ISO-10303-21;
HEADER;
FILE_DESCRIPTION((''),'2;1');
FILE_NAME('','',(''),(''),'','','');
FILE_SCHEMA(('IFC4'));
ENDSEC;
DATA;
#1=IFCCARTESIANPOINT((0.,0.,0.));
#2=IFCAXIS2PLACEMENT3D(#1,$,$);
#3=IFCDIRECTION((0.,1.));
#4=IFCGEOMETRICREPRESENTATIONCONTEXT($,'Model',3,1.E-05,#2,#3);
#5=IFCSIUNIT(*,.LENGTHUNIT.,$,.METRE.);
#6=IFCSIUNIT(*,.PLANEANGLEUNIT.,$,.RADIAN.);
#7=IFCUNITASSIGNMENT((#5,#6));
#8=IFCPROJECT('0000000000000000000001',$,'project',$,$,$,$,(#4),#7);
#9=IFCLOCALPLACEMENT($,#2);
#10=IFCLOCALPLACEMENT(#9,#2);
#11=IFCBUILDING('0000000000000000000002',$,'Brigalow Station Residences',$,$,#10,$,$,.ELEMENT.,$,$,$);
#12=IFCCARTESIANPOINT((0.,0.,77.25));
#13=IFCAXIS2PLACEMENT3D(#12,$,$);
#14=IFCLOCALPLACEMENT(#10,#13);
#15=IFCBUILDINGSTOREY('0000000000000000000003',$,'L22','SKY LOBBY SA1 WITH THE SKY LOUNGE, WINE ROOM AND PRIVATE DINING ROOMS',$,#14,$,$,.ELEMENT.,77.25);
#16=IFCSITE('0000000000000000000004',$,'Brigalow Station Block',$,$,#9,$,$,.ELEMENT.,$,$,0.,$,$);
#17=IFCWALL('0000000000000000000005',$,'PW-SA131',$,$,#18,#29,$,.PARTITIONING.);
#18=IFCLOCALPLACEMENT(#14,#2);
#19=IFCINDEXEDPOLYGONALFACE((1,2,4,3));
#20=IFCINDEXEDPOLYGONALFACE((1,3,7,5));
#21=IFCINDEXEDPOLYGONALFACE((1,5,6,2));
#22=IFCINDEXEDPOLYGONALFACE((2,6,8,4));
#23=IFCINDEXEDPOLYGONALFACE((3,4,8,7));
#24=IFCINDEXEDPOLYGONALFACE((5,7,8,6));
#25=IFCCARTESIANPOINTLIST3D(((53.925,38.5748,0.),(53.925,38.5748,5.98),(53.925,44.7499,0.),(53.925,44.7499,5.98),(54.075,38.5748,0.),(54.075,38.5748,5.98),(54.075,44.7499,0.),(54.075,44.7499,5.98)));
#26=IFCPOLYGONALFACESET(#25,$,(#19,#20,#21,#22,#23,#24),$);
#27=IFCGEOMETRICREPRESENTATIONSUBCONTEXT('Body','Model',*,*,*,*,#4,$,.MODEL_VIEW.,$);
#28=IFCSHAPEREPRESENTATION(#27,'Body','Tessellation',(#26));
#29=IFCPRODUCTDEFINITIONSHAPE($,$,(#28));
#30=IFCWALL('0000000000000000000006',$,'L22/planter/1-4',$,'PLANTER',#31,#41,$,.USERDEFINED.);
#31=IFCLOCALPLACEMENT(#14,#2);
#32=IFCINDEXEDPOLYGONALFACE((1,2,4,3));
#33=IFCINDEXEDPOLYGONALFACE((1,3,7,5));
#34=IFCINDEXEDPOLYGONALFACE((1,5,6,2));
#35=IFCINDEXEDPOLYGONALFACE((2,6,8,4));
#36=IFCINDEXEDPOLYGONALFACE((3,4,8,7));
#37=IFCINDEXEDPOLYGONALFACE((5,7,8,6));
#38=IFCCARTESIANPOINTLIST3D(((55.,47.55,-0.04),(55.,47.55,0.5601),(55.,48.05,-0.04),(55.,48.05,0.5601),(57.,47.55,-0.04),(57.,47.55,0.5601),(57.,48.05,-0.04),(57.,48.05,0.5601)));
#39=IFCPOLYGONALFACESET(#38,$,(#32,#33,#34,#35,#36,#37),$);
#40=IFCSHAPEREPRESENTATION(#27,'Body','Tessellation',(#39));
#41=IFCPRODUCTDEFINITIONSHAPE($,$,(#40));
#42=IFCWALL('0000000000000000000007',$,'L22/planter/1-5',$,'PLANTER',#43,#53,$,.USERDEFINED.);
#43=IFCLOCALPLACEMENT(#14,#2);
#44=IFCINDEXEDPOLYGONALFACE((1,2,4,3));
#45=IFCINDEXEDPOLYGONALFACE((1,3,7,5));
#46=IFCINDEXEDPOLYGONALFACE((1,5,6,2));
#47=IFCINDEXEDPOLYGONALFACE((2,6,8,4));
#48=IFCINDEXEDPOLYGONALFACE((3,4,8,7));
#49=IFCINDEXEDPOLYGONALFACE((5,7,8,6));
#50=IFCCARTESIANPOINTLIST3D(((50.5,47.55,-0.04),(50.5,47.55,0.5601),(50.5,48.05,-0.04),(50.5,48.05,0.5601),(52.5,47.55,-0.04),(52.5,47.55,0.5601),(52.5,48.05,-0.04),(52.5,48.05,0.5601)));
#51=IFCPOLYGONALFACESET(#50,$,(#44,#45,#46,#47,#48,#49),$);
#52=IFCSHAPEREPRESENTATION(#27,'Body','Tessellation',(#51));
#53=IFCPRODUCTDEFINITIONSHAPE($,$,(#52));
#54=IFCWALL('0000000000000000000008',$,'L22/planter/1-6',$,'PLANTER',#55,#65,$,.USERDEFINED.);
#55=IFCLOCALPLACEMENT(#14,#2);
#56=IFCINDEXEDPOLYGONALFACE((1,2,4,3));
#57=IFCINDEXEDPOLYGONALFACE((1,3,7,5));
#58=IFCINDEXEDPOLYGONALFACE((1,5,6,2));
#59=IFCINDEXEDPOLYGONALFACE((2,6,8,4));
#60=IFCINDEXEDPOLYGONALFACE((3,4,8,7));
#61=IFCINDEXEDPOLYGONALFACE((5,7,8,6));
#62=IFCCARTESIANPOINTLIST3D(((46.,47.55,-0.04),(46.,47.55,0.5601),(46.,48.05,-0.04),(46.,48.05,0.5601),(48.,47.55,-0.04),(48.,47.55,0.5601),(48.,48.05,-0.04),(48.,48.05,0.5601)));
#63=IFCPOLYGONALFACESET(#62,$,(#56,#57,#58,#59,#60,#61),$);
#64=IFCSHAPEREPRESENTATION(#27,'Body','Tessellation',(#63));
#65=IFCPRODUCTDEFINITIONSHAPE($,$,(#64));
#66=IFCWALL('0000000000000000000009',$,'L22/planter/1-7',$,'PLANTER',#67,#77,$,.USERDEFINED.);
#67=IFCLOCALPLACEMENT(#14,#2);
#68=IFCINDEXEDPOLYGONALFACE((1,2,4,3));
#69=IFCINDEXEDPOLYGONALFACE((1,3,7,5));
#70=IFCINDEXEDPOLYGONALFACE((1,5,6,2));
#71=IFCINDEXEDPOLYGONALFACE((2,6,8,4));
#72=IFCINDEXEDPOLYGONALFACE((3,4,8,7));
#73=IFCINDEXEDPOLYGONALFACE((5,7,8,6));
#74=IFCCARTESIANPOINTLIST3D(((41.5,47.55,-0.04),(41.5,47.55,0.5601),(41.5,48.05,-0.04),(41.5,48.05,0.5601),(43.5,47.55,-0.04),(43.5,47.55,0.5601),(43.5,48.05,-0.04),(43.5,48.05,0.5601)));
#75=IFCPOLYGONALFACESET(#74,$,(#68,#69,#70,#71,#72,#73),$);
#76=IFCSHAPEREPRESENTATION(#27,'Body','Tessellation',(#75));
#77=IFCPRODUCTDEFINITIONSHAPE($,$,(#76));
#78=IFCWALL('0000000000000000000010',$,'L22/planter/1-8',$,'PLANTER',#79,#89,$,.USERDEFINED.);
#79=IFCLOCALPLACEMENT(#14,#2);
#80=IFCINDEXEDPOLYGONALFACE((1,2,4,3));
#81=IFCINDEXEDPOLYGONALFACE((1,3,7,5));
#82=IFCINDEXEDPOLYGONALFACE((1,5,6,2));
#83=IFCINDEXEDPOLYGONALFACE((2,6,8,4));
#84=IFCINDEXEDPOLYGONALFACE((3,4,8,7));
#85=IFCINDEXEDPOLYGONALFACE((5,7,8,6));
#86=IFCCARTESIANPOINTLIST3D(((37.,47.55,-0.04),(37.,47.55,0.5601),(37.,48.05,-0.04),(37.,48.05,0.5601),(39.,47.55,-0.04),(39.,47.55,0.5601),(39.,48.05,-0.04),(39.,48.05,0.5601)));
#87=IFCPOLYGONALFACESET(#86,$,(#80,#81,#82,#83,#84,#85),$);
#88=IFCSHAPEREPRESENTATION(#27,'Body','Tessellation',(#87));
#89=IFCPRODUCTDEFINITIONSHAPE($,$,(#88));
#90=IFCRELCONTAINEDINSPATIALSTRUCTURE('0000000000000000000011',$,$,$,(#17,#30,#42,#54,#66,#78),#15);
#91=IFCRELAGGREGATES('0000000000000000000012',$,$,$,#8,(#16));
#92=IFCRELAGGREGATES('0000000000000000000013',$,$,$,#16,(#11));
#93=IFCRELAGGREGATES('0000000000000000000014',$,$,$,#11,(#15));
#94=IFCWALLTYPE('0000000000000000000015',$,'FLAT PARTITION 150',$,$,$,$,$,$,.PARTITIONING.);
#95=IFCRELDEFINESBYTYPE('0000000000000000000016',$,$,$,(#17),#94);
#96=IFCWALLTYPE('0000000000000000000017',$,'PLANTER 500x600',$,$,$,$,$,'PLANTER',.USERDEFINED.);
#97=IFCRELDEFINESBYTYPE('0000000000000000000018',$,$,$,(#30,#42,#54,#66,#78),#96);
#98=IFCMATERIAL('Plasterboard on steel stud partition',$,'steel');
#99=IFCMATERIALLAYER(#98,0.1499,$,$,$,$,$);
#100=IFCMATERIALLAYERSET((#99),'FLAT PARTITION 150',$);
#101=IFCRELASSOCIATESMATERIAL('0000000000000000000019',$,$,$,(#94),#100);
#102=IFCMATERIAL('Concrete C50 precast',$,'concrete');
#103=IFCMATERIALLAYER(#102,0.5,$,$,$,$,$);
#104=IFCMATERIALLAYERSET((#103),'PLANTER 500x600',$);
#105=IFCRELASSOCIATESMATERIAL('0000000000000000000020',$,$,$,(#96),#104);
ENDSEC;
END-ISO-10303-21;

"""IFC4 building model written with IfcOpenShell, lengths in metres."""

from ifc_helpers import new_model, si_unit, direction, frame, frame_2d, origin, place, context, subcontext, project, spatial, rectangle, extrude, material, layer, layer_set, type_object, element, save


model = new_model("IFC4")

# Units and contexts
model_context = context("Model", 3, precision=1e-05, world=origin(), true_north=direction((0.0, 1.0)))
body_context = subcontext(model_context, "Body", "Model", "MODEL_VIEW")
ifc_project = project(units=[si_unit("LENGTHUNIT", "METRE"), si_unit("PLANEANGLEUNIT", "RADIAN")], contexts=[model_context])

# Site, building, storey
site_placement = place(None, origin())
site = spatial("IfcSite", under=ifc_project, at=site_placement, Name="Brigalow Station Block", CompositionType="ELEMENT", RefElevation=0.0)
building_placement = place(site_placement, origin())
building = spatial("IfcBuilding", under=site, at=building_placement, Name="Brigalow Station Residences", CompositionType="ELEMENT")
storey_placement = place(building_placement, frame((0.0, 0.0, 77.25)))
storey = spatial("IfcBuildingStorey", under=building, at=storey_placement, Name="L22", Description="SKY LOBBY SA1 WITH THE SKY LOUNGE, WINE ROOM AND PRIVATE DINING ROOMS", CompositionType="ELEMENT", Elevation=77.25)

# Walls
ifc_material_1 = material(Name="Plasterboard on steel stud partition", Category="steel")
ifc_layer_1 = layer(ifc_material_1, 0.1499)
ifc_layer_set_1 = layer_set([ifc_layer_1], Name="FLAT PARTITION 150")
wall_type_1 = type_object("IfcWallType", Name="FLAT PARTITION 150", PredefinedType="PARTITIONING", material=ifc_layer_set_1)
wall_1_placement = place(storey_placement, frame((54.0, 38.575, 0.0), z_axis=(0.0, 0.0, 1.0), x_axis=(0.0, 1.0, 0.0)))
element("IfcWall", 1, at=wall_1_placement, inside=storey, type_object=wall_type_1, Name="PW-SA131", PredefinedType="PARTITIONING", context=body_context, shape_type="SweptSolid", body=[
    extrude(rectangle(XDim=6.175, YDim=0.1499, at=frame_2d((3.0874, 0.0))), origin(), (0.0, 0.0, 1.0), 5.98),
])
ifc_material_2 = material(Name="Concrete C50 precast", Category="concrete")
ifc_layer_2 = layer(ifc_material_2, 0.5)
ifc_layer_set_2 = layer_set([ifc_layer_2], Name="PLANTER 500x600")
wall_type_2 = type_object("IfcWallType", Name="PLANTER 500x600", ElementType="PLANTER", PredefinedType="USERDEFINED", material=ifc_layer_set_2)
for number, where, z_axis, x_axis, name in (
    (2, (57.0, 47.8, -0.04), (0.0, 0.0, 1.0), (-1.0, 0.0, 0.0), "L22/planter/1-4"),
    (3, (52.5, 47.8, -0.04), (0.0, 0.0, 1.0), (-1.0, 0.0, 0.0), "L22/planter/1-5"),
    (4, (48.0, 47.8, -0.04), (0.0, 0.0, 1.0), (-1.0, 0.0, 0.0), "L22/planter/1-6"),
    (5, (43.5, 47.8, -0.04), (0.0, 0.0, 1.0), (-1.0, 0.0, 0.0), "L22/planter/1-7"),
    (6, (39.0, 47.8, -0.04), (0.0, 0.0, 1.0), (-1.0, 0.0, 0.0), "L22/planter/1-8"),
):
    element("IfcWall", number, at=place(storey_placement, frame(where, z_axis=z_axis, x_axis=x_axis)), inside=storey, type_object=wall_type_2, Name=name, ObjectType="PLANTER", PredefinedType="USERDEFINED", context=body_context, shape_type="SweptSolid", body=[
        extrude(rectangle(XDim=2.0, YDim=0.5, at=frame_2d((1.0, 0.0))), origin(), (0.0, 0.0, 1.0), 0.6001),
    ])

save(model, "model.ifc")
